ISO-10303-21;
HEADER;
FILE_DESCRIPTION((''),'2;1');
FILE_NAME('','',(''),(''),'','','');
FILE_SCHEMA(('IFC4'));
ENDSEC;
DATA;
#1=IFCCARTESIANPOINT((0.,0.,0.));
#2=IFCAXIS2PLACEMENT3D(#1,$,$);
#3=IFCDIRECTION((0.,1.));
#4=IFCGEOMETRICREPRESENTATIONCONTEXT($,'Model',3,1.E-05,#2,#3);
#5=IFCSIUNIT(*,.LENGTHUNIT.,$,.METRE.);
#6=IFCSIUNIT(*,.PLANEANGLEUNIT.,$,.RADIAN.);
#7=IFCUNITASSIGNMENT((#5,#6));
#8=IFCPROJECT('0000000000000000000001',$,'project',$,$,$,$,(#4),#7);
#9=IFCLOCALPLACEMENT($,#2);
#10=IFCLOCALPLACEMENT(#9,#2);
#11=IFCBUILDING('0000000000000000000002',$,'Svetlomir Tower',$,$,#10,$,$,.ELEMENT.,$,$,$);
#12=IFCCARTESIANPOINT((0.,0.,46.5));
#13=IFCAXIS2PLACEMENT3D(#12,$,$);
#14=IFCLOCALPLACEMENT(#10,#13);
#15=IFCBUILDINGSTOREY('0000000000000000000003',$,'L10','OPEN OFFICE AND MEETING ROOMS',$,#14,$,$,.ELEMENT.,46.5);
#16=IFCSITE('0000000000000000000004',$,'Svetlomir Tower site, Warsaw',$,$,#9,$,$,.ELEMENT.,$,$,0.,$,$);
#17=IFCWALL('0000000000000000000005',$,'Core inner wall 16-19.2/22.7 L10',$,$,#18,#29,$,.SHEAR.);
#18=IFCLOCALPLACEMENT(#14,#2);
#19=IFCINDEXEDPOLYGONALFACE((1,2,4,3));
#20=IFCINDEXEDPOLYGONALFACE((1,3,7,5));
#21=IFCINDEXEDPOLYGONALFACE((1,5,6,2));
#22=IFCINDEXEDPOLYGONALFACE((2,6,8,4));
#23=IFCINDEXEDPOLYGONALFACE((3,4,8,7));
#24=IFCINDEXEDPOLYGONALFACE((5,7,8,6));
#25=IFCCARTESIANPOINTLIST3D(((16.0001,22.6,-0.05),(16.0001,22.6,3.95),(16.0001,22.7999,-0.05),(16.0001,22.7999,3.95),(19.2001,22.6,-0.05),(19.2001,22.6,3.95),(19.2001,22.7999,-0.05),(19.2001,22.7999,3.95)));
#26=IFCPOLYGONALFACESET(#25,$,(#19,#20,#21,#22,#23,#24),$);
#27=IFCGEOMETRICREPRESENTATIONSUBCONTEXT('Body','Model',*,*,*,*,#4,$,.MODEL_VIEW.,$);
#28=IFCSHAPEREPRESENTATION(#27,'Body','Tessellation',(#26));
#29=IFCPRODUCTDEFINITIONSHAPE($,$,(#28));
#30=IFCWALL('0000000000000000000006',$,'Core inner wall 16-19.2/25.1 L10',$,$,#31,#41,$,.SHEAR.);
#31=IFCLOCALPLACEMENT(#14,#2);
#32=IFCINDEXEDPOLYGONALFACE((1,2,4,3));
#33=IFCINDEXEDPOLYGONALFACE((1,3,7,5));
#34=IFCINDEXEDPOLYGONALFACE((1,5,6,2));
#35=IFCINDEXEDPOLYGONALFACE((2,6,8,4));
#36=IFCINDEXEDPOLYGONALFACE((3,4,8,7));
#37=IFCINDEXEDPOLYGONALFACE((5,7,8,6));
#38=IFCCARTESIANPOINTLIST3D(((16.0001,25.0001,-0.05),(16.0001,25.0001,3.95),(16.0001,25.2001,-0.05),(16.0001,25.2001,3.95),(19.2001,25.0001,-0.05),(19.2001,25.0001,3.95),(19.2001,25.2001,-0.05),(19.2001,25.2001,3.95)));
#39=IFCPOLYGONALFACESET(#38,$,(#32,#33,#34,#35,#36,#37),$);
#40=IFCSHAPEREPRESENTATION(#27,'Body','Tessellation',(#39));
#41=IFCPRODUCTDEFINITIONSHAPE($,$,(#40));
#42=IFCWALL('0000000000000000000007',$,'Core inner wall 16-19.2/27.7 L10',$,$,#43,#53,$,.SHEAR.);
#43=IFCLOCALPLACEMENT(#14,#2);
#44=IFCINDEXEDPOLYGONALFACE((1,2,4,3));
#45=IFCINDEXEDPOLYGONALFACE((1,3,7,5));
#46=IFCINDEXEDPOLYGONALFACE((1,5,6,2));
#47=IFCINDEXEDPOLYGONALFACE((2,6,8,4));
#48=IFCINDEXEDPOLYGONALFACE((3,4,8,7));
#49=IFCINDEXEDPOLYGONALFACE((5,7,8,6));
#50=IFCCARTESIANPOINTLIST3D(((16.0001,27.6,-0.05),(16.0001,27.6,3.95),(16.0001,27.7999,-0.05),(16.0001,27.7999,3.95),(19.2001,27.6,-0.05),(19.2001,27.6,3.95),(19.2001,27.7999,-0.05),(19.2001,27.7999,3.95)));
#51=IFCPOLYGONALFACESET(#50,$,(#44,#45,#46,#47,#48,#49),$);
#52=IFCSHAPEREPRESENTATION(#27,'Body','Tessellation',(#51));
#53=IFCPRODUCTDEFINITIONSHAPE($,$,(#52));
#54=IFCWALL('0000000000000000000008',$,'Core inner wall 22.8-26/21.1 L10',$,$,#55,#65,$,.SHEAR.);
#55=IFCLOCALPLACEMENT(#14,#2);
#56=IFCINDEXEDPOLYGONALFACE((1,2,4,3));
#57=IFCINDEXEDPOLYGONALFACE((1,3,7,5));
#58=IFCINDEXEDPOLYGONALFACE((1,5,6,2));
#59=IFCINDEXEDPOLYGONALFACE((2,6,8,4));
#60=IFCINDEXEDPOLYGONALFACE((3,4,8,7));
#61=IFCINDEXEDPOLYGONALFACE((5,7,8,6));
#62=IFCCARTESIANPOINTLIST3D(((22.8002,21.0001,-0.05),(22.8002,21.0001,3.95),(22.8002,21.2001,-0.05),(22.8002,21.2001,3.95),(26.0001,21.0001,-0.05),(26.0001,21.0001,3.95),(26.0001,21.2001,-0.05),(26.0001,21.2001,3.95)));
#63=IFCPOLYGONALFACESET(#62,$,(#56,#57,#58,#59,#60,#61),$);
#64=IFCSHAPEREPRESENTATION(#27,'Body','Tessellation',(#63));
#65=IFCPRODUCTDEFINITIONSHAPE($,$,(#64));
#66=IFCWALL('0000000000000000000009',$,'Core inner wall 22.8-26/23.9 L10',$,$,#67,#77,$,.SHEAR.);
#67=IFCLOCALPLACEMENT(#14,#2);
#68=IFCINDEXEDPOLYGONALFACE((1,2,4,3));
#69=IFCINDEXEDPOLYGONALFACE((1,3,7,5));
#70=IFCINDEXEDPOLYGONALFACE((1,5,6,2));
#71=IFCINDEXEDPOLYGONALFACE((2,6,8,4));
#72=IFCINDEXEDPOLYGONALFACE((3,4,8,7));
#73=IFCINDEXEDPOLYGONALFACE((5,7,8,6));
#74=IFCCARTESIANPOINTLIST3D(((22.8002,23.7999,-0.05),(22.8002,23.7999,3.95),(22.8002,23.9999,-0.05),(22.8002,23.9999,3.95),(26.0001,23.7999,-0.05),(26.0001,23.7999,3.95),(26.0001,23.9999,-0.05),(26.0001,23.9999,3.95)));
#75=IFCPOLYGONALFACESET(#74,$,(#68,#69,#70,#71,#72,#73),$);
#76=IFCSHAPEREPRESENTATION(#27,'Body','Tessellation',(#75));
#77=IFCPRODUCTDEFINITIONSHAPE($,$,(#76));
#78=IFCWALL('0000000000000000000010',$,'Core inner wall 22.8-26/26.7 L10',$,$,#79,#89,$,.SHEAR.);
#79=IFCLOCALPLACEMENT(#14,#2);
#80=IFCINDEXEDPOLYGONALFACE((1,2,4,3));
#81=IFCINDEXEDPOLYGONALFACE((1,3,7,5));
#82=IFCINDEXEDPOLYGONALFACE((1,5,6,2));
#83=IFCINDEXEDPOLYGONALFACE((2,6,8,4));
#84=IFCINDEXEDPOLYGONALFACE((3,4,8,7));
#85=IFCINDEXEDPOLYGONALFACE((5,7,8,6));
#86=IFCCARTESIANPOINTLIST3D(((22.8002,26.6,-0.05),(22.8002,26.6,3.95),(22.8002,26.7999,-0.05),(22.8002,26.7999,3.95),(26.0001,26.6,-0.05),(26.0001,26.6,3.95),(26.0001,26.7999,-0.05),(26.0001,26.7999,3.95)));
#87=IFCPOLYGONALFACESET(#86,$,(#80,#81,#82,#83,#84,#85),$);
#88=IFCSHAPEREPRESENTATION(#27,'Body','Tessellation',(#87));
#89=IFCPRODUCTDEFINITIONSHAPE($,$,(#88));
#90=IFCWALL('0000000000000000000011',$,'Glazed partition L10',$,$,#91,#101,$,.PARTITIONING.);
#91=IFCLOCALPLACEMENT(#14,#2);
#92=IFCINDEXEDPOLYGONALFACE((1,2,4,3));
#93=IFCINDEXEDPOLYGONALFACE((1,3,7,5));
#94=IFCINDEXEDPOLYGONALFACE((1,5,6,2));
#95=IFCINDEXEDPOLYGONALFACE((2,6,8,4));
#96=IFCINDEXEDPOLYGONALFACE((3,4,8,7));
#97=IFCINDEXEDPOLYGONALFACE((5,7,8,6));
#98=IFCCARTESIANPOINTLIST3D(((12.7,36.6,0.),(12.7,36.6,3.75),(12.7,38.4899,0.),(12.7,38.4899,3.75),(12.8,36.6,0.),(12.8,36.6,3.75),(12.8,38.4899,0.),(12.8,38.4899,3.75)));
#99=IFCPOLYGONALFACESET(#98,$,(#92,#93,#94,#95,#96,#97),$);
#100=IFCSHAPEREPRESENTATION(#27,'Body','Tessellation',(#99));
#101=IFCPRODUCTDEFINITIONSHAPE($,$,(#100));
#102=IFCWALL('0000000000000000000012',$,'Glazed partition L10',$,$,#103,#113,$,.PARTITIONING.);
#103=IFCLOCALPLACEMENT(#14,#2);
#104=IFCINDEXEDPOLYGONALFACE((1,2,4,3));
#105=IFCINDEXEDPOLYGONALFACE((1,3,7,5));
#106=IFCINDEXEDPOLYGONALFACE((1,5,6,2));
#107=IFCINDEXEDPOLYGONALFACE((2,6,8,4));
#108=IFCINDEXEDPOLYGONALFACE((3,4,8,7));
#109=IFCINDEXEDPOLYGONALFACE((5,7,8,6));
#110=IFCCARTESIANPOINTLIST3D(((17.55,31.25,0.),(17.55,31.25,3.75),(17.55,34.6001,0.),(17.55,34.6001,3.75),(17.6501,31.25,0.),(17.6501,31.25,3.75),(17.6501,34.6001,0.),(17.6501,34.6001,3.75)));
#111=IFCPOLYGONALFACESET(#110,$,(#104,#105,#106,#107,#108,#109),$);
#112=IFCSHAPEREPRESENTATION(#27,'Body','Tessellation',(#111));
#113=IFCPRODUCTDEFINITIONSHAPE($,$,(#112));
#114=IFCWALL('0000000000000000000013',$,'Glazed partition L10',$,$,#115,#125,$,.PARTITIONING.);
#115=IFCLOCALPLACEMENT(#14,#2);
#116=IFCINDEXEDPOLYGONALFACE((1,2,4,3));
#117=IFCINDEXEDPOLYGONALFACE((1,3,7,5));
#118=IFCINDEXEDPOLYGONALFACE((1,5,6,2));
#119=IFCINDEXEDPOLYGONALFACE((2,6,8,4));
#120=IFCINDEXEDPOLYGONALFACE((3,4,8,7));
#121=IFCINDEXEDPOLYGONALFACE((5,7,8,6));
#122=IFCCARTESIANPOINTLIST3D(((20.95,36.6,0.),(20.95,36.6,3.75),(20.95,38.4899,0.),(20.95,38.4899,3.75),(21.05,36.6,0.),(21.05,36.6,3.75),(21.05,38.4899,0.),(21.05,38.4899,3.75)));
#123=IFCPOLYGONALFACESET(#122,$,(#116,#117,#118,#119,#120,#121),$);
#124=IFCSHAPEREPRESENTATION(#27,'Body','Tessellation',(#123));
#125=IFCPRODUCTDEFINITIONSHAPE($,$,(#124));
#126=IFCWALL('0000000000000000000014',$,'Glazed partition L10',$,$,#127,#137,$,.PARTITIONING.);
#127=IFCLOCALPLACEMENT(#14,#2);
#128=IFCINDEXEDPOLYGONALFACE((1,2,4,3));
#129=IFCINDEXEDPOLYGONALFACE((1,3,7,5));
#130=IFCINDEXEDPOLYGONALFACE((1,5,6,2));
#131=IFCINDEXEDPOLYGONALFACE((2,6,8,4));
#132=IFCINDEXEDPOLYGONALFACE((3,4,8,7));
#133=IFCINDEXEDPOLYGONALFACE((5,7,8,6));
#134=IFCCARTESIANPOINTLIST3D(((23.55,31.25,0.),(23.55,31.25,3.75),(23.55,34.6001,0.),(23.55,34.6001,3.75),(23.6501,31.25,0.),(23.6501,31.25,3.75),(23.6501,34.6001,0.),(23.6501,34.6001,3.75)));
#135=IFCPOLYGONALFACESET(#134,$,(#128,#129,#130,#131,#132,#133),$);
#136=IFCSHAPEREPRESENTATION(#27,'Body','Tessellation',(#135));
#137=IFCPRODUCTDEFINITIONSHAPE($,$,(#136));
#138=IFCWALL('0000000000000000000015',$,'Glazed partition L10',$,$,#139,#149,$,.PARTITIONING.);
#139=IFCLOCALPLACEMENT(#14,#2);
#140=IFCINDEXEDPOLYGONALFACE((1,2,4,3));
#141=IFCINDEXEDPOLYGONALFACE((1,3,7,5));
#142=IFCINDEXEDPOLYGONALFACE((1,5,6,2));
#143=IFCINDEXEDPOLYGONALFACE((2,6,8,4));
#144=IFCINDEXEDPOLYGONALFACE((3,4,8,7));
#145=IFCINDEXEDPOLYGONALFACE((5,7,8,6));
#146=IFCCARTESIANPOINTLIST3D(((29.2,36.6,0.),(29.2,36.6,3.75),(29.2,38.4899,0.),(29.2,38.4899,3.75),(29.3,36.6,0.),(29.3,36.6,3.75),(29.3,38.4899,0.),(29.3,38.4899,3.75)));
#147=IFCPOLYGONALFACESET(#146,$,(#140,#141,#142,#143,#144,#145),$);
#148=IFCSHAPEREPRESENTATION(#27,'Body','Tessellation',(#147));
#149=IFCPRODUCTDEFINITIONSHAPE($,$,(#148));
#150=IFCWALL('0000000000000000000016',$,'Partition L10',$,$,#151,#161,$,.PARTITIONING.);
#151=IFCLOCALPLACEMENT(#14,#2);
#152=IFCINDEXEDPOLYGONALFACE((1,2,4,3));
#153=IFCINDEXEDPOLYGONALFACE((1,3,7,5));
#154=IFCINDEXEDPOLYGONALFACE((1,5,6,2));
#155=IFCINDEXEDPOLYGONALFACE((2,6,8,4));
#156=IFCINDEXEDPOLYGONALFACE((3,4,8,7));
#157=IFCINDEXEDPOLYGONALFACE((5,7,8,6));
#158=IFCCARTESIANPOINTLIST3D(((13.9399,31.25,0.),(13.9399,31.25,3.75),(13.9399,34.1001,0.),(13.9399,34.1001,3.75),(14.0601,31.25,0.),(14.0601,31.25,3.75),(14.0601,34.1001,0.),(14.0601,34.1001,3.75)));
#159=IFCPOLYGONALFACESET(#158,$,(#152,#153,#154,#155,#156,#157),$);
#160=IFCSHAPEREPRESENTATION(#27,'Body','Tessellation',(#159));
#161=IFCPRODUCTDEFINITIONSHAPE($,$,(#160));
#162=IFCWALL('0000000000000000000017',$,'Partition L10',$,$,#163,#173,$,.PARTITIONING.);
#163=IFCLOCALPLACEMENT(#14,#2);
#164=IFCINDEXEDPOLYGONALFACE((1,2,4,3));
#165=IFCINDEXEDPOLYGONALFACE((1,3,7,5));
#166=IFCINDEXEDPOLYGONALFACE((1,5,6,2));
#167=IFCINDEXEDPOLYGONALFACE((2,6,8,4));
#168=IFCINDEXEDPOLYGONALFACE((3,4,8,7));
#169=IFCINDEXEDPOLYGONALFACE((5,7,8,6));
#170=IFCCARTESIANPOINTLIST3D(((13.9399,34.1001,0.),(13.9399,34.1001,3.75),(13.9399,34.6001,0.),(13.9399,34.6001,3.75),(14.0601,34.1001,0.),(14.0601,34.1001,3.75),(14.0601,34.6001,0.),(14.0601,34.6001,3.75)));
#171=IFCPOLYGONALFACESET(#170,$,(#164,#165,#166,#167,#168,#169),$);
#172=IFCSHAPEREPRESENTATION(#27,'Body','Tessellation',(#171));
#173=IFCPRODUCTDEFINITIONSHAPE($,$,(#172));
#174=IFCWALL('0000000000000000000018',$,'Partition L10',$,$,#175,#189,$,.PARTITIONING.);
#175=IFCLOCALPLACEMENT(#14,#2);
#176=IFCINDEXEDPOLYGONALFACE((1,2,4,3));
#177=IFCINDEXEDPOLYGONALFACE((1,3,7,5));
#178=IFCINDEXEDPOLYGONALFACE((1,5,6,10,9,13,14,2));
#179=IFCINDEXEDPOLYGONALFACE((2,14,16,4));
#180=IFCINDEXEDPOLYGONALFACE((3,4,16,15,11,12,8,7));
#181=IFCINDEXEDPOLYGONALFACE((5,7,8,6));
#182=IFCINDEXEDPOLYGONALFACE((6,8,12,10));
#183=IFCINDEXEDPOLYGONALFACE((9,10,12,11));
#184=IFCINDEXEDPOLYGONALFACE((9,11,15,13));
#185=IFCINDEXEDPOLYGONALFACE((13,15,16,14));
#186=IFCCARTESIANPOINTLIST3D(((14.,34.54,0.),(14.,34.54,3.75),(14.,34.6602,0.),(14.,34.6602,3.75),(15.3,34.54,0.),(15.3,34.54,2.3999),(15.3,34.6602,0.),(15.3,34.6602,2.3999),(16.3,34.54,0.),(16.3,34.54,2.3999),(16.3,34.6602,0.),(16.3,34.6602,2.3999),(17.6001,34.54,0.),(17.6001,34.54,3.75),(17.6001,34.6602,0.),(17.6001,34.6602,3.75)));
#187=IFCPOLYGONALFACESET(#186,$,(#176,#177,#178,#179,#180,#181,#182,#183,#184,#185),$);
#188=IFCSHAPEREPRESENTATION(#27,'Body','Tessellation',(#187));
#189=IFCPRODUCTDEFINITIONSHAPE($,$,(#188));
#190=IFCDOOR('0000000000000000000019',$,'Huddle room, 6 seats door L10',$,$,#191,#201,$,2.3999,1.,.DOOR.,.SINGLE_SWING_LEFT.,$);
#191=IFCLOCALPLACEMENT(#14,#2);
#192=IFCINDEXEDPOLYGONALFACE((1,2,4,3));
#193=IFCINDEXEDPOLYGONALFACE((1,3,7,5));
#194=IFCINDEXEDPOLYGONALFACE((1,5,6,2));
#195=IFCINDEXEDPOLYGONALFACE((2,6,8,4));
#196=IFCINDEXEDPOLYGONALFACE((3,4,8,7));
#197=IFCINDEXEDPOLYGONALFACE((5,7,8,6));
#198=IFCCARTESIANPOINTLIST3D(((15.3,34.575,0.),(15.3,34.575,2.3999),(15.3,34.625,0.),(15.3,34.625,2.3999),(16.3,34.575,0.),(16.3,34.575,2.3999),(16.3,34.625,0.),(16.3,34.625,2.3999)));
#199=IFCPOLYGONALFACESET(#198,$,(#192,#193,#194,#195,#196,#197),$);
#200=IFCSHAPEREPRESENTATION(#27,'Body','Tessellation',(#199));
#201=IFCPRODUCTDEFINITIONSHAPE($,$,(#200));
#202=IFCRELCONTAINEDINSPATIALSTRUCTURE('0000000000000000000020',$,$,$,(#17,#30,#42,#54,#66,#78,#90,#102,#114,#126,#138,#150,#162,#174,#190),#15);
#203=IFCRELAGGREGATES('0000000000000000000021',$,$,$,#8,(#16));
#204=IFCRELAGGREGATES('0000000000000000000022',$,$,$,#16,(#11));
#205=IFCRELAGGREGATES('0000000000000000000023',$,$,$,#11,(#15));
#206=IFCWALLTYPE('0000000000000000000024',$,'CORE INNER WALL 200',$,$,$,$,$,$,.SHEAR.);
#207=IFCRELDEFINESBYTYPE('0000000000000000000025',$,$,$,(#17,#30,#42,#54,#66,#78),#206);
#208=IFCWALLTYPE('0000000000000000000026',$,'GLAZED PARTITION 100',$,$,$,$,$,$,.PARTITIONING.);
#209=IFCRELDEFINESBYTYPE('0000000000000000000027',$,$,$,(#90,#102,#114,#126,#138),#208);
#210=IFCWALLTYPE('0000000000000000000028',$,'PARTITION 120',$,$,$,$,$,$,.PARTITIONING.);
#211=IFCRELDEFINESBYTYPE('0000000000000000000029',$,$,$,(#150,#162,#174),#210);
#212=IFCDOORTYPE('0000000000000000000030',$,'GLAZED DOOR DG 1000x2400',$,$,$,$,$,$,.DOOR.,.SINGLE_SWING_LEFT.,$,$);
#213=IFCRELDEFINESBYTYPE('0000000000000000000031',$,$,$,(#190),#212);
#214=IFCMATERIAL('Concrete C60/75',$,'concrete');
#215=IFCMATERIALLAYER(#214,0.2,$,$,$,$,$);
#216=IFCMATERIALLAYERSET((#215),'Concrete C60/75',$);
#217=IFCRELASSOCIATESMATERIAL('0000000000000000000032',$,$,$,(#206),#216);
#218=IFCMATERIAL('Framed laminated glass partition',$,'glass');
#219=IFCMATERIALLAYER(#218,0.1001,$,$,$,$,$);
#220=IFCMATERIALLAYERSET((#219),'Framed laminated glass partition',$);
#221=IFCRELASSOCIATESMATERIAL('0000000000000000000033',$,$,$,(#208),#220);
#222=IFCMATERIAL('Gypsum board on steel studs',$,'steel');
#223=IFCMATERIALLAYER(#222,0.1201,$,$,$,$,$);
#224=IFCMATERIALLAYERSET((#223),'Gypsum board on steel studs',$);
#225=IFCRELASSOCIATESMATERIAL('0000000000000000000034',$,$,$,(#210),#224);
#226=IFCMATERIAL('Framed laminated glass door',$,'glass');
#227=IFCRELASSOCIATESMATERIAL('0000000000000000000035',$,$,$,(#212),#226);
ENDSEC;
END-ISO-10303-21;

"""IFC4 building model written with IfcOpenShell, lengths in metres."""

from ifc_helpers import new_model, si_unit, direction, frame, frame_2d, origin, place, context, subcontext, project, spatial, rectangle, extrude, material, layer, layer_set, type_object, element, fill, save


model = new_model("IFC4")

# Units and contexts
model_context = context("Model", 3, precision=1e-05, world=origin(), true_north=direction((0.0, 1.0)))
body_context = subcontext(model_context, "Body", "Model", "MODEL_VIEW")
ifc_project = project(units=[si_unit("LENGTHUNIT", "METRE"), si_unit("PLANEANGLEUNIT", "RADIAN")], contexts=[model_context])

# Site, building, storey
site_placement = place(None, origin())
site = spatial("IfcSite", under=ifc_project, at=site_placement, Name="Svetlomir Tower site, Warsaw", CompositionType="ELEMENT", RefElevation=0.0)
building_placement = place(site_placement, origin())
building = spatial("IfcBuilding", under=site, at=building_placement, Name="Svetlomir Tower", CompositionType="ELEMENT")
storey_placement = place(building_placement, frame((0.0, 0.0, 46.5)))
storey = spatial("IfcBuildingStorey", under=building, at=storey_placement, Name="L10", Description="OPEN OFFICE AND MEETING ROOMS", CompositionType="ELEMENT", Elevation=46.5)

# Walls
ifc_material_1 = material(Name="Concrete C60/75", Category="concrete")
ifc_layer_1 = layer(ifc_material_1, 0.2)
ifc_layer_set_1 = layer_set([ifc_layer_1], Name="Concrete C60/75")
wall_type_1 = type_object("IfcWallType", Name="CORE INNER WALL 200", PredefinedType="SHEAR", material=ifc_layer_set_1)
for number, where, z_axis, x_axis, name in (
    (1, (16.0, 22.7, -0.05), (0.0, 0.0, 1.0), (1.0, 0.0, 0.0), "Core inner wall 16-19.2/22.7 L10"),
    (2, (16.0, 25.1001, -0.05), (0.0, 0.0, 1.0), (1.0, 0.0, 0.0), "Core inner wall 16-19.2/25.1 L10"),
    (3, (16.0, 27.7, -0.05), (0.0, 0.0, 1.0), (1.0, 0.0, 0.0), "Core inner wall 16-19.2/27.7 L10"),
    (4, (22.8, 21.1001, -0.05), (0.0, 0.0, 1.0), (1.0, 0.0, 0.0), "Core inner wall 22.8-26/21.1 L10"),
    (5, (22.8, 23.8999, -0.05), (0.0, 0.0, 1.0), (1.0, 0.0, 0.0), "Core inner wall 22.8-26/23.9 L10"),
    (6, (22.8, 26.7, -0.05), (0.0, 0.0, 1.0), (1.0, 0.0, 0.0), "Core inner wall 22.8-26/26.7 L10"),
):
    element("IfcWall", number, at=place(storey_placement, frame(where, z_axis=z_axis, x_axis=x_axis)), inside=storey, type_object=wall_type_1, Name=name, PredefinedType="SHEAR", context=body_context, shape_type="SweptSolid", body=[
        extrude(rectangle(XDim=3.2, YDim=0.2, at=frame_2d((1.6001, 0.0))), origin(), (0.0, 0.0, 1.0), 4.0),
    ])
ifc_material_2 = material(Name="Framed laminated glass partition", Category="glass")
ifc_layer_2 = layer(ifc_material_2, 0.1001)
ifc_layer_set_2 = layer_set([ifc_layer_2], Name="Framed laminated glass partition")
wall_type_2 = type_object("IfcWallType", Name="GLAZED PARTITION 100", PredefinedType="PARTITIONING", material=ifc_layer_set_2)
wall_1_placement = place(storey_placement, frame((12.75, 36.6001, 0.0), z_axis=(0.0, 0.0, 1.0), x_axis=(0.0, 1.0, 0.0)))
element("IfcWall", 7, at=wall_1_placement, inside=storey, type_object=wall_type_2, Name="Glazed partition L10", PredefinedType="PARTITIONING", context=body_context, shape_type="SweptSolid", body=[
    extrude(rectangle(XDim=1.8899, YDim=0.1001, at=frame_2d((0.9448, 0.0))), origin(), (0.0, 0.0, 1.0), 3.75),
])
wall_2_placement = place(storey_placement, frame((17.6001, 31.25, 0.0), z_axis=(0.0, 0.0, 1.0), x_axis=(0.0, 1.0, 0.0)))
element("IfcWall", 8, at=wall_2_placement, inside=storey, type_object=wall_type_2, Name="Glazed partition L10", PredefinedType="PARTITIONING", context=body_context, shape_type="SweptSolid", body=[
    extrude(rectangle(XDim=3.3501, YDim=0.1001, at=frame_2d((1.675, 0.0))), origin(), (0.0, 0.0, 1.0), 3.75),
])
wall_3_placement = place(storey_placement, frame((21.0, 36.6001, 0.0), z_axis=(0.0, 0.0, 1.0), x_axis=(0.0, 1.0, 0.0)))
element("IfcWall", 9, at=wall_3_placement, inside=storey, type_object=wall_type_2, Name="Glazed partition L10", PredefinedType="PARTITIONING", context=body_context, shape_type="SweptSolid", body=[
    extrude(rectangle(XDim=1.8899, YDim=0.1001, at=frame_2d((0.9448, 0.0))), origin(), (0.0, 0.0, 1.0), 3.75),
])
wall_4_placement = place(storey_placement, frame((23.6001, 31.25, 0.0), z_axis=(0.0, 0.0, 1.0), x_axis=(0.0, 1.0, 0.0)))
element("IfcWall", 10, at=wall_4_placement, inside=storey, type_object=wall_type_2, Name="Glazed partition L10", PredefinedType="PARTITIONING", context=body_context, shape_type="SweptSolid", body=[
    extrude(rectangle(XDim=3.3501, YDim=0.1001, at=frame_2d((1.675, 0.0))), origin(), (0.0, 0.0, 1.0), 3.75),
])
wall_5_placement = place(storey_placement, frame((29.25, 36.6001, 0.0), z_axis=(0.0, 0.0, 1.0), x_axis=(0.0, 1.0, 0.0)))
element("IfcWall", 11, at=wall_5_placement, inside=storey, type_object=wall_type_2, Name="Glazed partition L10", PredefinedType="PARTITIONING", context=body_context, shape_type="SweptSolid", body=[
    extrude(rectangle(XDim=1.8899, YDim=0.1001, at=frame_2d((0.9448, 0.0))), origin(), (0.0, 0.0, 1.0), 3.75),
])
ifc_material_3 = material(Name="Gypsum board on steel studs", Category="steel")
ifc_layer_3 = layer(ifc_material_3, 0.1201)
ifc_layer_set_3 = layer_set([ifc_layer_3], Name="Gypsum board on steel studs")
wall_type_3 = type_object("IfcWallType", Name="PARTITION 120", PredefinedType="PARTITIONING", material=ifc_layer_set_3)
wall_6_placement = place(storey_placement, frame((14.0, 31.25, 0.0), z_axis=(0.0, 0.0, 1.0), x_axis=(0.0, 1.0, 0.0)))
element("IfcWall", 12, at=wall_6_placement, inside=storey, type_object=wall_type_3, Name="Partition L10", PredefinedType="PARTITIONING", context=body_context, shape_type="SweptSolid", body=[
    extrude(rectangle(XDim=2.8501, YDim=0.1201, at=frame_2d((1.425, 0.0))), origin(), (0.0, 0.0, 1.0), 3.75),
])
wall_7_placement = place(storey_placement, frame((14.0, 34.1001, 0.0), z_axis=(0.0, 0.0, 1.0), x_axis=(0.0, 1.0, 0.0)))
element("IfcWall", 13, at=wall_7_placement, inside=storey, type_object=wall_type_3, Name="Partition L10", PredefinedType="PARTITIONING", context=body_context, shape_type="SweptSolid", body=[
    extrude(rectangle(XDim=0.5, YDim=0.1201, at=frame_2d((0.25, 0.0))), origin(), (0.0, 0.0, 1.0), 3.75),
])

# Wall, opening, door
wall_8_placement = place(storey_placement, frame((14.0, 34.6001, 0.0), z_axis=(0.0, 0.0, 1.0), x_axis=(1.0, 0.0, 0.0)))
wall_8 = element("IfcWall", 14, at=wall_8_placement, inside=storey, type_object=wall_type_3, Name="Partition L10", PredefinedType="PARTITIONING", context=body_context, shape_type="SweptSolid", body=[
    extrude(rectangle(XDim=3.6001, YDim=0.1201, at=frame_2d((1.8, 0.0))), origin(), (0.0, 0.0, 1.0), 3.75),
])
opening_1_placement = place(wall_8_placement, frame((1.3, 0.0, 0.0)))
opening_1 = element("IfcOpeningElement", 15, at=opening_1_placement, cuts=wall_8, PredefinedType="OPENING", context=body_context, shape_type="SweptSolid", body=[
    extrude(rectangle(XDim=1.0, YDim=2.3999, at=frame_2d((0.5, 1.2))), frame((0.0, 0.0701, 0.0), z_axis=(0.0, -1.0, 0.0), x_axis=(1.0, 0.0, 0.0)), (0.0, 0.0, 1.0), 0.1401),
])
ifc_material_4 = material(Name="Framed laminated glass door", Category="glass")
door_type_1 = type_object("IfcDoorType", Name="GLAZED DOOR DG 1000x2400", OperationType="SINGLE_SWING_LEFT", PredefinedType="DOOR", material=ifc_material_4)
door_1_placement = place(opening_1_placement, origin())
door_1 = element("IfcDoor", 16, at=door_1_placement, inside=storey, type_object=door_type_1, Name="Huddle room, 6 seats door L10", OperationType="SINGLE_SWING_LEFT", OverallHeight=2.3999, OverallWidth=1.0, PredefinedType="DOOR", context=body_context, shape_type="SweptSolid", body=[
    extrude(rectangle(XDim=1.0, YDim=2.3999, at=frame_2d((0.5, 1.2))), frame((0.0, 0.0249, 0.0), z_axis=(0.0, -1.0, 0.0), x_axis=(1.0, 0.0, 0.0)), (0.0, 0.0, 1.0), 0.05),
])
fill(opening_1, door_1)

save(model, "model.ifc")
